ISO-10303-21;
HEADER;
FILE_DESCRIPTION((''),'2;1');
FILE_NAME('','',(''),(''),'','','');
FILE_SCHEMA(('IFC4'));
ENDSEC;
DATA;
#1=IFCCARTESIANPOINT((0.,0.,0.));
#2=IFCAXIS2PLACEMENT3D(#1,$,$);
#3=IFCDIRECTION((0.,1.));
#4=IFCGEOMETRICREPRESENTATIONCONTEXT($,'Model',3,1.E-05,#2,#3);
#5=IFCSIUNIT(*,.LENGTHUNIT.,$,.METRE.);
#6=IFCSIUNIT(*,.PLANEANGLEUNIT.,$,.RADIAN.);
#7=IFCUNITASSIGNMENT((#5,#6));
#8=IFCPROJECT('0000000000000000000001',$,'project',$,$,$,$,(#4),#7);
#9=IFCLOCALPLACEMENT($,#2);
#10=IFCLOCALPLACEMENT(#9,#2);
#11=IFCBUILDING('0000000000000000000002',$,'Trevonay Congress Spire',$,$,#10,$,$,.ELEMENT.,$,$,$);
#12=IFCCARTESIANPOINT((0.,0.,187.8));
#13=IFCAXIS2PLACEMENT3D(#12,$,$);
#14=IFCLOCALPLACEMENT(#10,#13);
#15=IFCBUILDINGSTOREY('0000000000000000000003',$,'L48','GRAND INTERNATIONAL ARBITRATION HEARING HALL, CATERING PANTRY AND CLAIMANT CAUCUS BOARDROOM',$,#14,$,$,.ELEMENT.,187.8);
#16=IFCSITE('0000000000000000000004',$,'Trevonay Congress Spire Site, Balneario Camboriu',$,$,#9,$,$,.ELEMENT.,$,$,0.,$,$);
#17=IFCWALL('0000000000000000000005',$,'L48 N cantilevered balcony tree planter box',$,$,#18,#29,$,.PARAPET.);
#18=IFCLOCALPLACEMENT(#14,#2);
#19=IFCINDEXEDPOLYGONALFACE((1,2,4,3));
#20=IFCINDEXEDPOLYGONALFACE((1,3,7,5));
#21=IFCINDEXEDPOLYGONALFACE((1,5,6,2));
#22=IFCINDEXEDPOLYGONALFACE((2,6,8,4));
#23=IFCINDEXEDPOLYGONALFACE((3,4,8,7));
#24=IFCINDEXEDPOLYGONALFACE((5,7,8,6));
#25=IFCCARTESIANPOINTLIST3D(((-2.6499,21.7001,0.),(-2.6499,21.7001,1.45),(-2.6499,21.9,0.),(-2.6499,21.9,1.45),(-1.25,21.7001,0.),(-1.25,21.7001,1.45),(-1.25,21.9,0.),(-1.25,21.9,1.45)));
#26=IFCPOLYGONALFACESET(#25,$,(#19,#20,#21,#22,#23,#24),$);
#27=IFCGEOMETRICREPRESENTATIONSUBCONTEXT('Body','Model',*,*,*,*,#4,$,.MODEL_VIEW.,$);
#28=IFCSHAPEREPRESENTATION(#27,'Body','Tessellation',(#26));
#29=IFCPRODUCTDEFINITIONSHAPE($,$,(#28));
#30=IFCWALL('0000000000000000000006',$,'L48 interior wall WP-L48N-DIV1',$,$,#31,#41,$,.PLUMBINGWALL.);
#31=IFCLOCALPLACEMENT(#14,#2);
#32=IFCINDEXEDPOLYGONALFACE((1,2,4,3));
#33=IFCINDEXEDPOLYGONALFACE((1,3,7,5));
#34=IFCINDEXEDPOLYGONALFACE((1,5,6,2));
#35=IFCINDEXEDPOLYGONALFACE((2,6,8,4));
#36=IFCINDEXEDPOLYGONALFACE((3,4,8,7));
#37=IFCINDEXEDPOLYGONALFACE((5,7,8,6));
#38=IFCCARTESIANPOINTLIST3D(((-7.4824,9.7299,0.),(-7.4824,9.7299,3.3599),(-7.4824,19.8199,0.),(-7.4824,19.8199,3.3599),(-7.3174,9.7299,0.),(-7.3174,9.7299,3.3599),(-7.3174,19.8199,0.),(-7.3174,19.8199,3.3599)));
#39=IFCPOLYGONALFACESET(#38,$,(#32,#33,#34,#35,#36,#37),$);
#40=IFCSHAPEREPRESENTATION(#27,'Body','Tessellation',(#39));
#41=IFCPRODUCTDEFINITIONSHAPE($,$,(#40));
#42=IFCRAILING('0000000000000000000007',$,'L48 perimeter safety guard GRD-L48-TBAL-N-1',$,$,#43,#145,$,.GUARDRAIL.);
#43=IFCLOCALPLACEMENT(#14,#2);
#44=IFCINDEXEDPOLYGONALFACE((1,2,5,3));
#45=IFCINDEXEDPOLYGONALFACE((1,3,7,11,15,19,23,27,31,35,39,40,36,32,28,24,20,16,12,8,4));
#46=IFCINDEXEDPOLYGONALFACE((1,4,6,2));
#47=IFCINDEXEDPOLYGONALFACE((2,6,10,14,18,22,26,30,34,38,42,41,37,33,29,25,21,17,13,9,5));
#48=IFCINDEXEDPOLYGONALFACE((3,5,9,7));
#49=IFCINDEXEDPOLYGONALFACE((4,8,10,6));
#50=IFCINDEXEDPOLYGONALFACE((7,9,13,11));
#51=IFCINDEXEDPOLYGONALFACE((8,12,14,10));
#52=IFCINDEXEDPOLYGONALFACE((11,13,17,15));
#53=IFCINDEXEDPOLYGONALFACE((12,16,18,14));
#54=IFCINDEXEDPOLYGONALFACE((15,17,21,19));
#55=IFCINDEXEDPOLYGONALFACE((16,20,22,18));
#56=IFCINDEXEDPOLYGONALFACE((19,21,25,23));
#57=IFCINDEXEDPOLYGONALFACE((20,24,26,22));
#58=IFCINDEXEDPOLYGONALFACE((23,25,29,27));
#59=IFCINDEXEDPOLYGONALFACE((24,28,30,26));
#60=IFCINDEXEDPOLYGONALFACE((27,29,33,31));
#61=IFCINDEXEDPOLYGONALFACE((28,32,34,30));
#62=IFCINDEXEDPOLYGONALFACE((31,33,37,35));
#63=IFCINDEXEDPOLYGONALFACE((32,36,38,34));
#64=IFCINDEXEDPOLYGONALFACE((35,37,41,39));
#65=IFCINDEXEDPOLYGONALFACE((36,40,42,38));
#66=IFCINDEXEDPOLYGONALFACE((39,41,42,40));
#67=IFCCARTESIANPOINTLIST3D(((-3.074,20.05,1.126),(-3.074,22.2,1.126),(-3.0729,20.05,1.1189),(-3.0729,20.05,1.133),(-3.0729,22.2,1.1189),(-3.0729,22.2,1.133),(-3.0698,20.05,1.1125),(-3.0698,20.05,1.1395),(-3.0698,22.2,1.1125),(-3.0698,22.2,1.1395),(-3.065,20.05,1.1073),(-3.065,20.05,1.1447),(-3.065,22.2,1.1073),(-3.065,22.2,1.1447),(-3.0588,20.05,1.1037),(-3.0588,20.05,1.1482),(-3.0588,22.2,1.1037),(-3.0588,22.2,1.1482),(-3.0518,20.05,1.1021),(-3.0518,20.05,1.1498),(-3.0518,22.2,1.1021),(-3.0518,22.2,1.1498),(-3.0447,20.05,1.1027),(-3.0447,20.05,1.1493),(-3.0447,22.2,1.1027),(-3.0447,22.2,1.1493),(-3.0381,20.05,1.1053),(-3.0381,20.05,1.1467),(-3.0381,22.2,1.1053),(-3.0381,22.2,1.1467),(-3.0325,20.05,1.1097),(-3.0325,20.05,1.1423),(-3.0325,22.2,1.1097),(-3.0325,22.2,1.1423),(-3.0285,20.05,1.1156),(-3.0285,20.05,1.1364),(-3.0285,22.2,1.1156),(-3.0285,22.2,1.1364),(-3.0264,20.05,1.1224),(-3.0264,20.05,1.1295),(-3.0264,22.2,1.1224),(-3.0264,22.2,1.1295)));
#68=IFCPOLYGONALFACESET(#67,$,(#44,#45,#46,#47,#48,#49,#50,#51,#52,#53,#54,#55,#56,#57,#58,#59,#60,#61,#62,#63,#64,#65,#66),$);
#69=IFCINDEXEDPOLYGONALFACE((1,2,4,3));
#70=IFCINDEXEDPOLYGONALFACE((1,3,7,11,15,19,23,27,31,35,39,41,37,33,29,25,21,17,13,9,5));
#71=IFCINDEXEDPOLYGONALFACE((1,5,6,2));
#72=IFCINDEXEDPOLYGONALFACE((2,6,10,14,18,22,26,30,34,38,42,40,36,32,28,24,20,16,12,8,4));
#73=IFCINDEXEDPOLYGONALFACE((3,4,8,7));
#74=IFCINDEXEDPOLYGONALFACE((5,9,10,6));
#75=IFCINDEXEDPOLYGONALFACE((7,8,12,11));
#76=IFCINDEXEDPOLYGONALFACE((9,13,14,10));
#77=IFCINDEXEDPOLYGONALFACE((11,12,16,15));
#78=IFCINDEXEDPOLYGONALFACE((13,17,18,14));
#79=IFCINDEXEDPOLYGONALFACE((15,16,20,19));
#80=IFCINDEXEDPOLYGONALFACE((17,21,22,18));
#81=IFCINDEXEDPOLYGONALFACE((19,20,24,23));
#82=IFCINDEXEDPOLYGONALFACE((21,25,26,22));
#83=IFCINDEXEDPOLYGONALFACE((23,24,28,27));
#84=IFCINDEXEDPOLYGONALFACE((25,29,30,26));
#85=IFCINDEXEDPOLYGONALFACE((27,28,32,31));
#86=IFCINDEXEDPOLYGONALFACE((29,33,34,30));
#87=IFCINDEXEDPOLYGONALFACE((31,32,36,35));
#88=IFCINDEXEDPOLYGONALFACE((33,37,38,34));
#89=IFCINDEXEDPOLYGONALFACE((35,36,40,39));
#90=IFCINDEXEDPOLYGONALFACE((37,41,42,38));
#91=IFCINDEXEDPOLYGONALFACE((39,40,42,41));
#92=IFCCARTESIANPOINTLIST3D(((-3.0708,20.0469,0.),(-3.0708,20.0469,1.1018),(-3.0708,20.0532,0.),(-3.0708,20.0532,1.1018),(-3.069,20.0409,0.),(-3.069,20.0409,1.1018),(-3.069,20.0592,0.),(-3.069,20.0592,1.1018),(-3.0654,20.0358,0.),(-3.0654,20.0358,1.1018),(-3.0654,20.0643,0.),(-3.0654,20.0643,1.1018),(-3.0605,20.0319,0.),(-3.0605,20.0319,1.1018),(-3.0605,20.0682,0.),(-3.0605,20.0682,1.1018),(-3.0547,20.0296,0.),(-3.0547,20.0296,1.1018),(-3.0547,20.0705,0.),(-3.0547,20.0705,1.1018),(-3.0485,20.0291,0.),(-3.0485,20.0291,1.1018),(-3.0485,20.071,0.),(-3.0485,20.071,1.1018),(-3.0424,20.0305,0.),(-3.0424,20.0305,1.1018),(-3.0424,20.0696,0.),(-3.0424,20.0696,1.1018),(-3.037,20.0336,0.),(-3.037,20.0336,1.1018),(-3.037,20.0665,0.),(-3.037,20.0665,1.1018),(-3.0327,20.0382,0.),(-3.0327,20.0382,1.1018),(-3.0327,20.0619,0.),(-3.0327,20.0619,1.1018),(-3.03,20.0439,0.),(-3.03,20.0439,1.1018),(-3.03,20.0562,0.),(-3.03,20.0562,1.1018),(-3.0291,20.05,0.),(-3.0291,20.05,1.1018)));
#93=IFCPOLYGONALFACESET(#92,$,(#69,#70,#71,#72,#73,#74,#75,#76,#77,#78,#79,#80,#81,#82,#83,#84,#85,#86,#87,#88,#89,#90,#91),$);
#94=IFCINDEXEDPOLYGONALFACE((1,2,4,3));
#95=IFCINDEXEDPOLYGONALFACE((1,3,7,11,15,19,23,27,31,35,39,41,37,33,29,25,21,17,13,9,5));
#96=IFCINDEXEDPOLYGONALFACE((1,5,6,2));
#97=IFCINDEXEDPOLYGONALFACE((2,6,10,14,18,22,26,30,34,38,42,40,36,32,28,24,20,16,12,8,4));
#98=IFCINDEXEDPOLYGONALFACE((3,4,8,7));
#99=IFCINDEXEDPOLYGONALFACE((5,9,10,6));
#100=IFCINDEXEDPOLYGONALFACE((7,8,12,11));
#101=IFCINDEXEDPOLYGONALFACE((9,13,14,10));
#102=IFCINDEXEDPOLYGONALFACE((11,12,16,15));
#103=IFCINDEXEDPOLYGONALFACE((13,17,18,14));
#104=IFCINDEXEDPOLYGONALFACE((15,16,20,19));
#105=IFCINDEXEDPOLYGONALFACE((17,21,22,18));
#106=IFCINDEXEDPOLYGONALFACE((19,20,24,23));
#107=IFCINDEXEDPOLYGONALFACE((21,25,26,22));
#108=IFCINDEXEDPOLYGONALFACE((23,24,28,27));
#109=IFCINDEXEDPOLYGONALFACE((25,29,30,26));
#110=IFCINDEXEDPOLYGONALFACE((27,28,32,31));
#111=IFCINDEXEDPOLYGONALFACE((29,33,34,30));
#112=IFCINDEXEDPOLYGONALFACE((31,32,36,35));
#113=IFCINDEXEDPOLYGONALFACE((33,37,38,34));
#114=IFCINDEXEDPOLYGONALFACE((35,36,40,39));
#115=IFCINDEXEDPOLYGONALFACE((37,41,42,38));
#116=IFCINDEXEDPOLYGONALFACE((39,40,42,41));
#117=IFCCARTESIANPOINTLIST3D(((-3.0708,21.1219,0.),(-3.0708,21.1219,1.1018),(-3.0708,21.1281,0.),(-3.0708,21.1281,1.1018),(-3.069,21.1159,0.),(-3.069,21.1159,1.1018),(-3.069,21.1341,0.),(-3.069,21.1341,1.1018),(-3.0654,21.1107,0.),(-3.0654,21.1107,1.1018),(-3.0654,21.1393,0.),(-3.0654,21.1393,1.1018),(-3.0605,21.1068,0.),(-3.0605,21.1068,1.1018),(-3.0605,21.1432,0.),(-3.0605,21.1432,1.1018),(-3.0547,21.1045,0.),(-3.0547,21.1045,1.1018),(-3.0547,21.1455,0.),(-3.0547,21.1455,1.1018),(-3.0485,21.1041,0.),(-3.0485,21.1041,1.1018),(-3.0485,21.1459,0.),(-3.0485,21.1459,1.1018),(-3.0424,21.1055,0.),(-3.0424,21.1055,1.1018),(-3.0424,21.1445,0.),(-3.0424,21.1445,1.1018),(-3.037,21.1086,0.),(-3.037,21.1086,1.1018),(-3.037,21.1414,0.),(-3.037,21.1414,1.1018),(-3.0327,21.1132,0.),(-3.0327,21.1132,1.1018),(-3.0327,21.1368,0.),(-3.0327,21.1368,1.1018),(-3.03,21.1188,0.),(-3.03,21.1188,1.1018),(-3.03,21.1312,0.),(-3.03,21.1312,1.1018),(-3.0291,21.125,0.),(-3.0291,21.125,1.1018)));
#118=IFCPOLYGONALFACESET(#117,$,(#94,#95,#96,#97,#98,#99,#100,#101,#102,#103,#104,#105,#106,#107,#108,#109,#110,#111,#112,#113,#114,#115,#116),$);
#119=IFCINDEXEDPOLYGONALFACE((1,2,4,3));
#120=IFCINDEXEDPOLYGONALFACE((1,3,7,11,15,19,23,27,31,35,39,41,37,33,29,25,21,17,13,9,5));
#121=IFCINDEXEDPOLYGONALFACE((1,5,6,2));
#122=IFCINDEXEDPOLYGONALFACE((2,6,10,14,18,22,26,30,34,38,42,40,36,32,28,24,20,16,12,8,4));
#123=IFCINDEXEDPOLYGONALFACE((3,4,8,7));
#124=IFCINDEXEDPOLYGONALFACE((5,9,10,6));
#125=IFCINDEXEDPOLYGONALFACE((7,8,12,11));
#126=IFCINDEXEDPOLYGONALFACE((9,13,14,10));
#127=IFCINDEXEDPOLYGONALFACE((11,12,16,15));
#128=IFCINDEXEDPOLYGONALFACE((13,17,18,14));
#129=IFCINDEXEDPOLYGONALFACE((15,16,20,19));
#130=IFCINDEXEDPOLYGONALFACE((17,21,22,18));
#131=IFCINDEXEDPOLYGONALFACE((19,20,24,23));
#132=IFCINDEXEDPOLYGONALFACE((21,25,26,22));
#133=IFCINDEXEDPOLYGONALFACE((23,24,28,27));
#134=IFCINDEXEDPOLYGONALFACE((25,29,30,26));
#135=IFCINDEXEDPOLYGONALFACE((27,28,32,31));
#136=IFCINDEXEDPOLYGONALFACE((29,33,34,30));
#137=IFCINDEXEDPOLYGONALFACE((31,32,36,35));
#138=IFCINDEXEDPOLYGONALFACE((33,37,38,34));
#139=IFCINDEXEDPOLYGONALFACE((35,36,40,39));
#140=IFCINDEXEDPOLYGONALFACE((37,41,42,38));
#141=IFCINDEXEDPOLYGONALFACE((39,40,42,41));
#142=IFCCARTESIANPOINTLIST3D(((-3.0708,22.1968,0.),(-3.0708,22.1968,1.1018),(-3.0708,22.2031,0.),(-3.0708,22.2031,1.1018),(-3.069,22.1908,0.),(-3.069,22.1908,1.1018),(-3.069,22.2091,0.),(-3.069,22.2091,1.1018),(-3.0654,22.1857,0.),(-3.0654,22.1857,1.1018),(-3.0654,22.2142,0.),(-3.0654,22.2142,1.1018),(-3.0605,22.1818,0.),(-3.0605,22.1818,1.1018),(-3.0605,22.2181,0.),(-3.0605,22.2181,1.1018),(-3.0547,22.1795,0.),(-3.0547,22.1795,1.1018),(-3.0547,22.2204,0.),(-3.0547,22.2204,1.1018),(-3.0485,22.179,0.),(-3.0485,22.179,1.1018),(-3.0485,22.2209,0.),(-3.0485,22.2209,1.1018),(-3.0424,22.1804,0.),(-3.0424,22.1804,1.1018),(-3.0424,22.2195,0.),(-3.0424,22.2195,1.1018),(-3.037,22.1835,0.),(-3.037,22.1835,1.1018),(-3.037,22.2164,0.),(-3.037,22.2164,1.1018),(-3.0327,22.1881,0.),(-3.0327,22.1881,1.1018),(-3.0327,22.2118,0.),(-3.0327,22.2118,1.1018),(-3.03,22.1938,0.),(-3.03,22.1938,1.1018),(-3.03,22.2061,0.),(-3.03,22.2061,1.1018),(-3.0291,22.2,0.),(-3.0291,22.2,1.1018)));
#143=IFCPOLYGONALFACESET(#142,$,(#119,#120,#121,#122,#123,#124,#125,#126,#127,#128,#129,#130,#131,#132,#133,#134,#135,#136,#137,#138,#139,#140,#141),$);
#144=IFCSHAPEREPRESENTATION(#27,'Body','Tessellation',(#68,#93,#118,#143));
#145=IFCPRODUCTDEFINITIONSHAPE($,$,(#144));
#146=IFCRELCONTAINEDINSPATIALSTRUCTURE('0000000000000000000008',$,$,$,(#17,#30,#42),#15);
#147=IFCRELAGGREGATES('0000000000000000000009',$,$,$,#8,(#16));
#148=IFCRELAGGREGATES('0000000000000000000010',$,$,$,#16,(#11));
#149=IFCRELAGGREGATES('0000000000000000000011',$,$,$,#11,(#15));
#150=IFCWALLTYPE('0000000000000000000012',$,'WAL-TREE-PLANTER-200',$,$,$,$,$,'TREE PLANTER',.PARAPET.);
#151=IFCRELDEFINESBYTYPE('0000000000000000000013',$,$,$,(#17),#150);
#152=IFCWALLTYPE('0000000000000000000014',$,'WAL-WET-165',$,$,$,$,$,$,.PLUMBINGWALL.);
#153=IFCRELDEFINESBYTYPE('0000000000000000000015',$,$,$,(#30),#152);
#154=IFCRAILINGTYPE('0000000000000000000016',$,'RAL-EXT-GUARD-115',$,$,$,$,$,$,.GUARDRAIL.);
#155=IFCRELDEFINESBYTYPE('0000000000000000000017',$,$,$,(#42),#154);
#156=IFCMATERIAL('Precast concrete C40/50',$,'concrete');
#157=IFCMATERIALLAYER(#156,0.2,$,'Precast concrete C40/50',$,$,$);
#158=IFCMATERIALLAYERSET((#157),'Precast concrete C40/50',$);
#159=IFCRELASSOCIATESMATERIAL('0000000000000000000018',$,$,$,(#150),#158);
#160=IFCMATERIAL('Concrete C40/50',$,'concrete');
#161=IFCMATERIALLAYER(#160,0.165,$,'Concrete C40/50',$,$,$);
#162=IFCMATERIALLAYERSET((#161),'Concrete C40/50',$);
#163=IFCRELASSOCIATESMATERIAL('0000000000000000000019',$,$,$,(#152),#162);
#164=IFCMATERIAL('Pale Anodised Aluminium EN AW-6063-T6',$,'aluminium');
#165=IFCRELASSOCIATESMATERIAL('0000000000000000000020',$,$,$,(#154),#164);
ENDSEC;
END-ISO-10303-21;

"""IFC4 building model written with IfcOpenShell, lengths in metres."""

from ifc_helpers import new_model, si_unit, direction, frame, frame_2d, origin, origin_2d, place, context, subcontext, project, spatial, rectangle, circle, extrude, material, layer, layer_set, type_object, element, save


model = new_model("IFC4")

# Units and contexts
model_context = context("Model", 3, precision=1e-05, world=origin(), true_north=direction((0.0, 1.0)))
body_context = subcontext(model_context, "Body", "Model", "MODEL_VIEW")
ifc_project = project(units=[si_unit("LENGTHUNIT", "METRE"), si_unit("PLANEANGLEUNIT", "RADIAN")], contexts=[model_context])

# Site, building, storey
site_placement = place(None, origin())
site = spatial("IfcSite", under=ifc_project, at=site_placement, Name="Trevonay Congress Spire Site, Balneario Camboriu", CompositionType="ELEMENT", RefElevation=0.0)
building_placement = place(site_placement, origin())
building = spatial("IfcBuilding", under=site, at=building_placement, Name="Trevonay Congress Spire", CompositionType="ELEMENT")
storey_placement = place(building_placement, frame((0.0, 0.0, 187.8)))
storey = spatial("IfcBuildingStorey", under=building, at=storey_placement, Name="L48", Description="GRAND INTERNATIONAL ARBITRATION HEARING HALL, CATERING PANTRY AND CLAIMANT CAUCUS BOARDROOM", CompositionType="ELEMENT", Elevation=187.8)

# Shared definitions
ifc_material_1 = material(Name="Pale Anodised Aluminium EN AW-6063-T6", Category="aluminium")

# Shared definitions
ifc_material_2 = material(Name="Concrete C40/50", Category="concrete")

# Shared definitions
ifc_material_3 = material(Name="Precast concrete C40/50", Category="concrete")

# Walls
ifc_layer_1 = layer(ifc_material_3, 0.2, Name="Precast concrete C40/50")
ifc_layer_set_1 = layer_set([ifc_layer_1], Name="Precast concrete C40/50")
wall_type_1 = type_object("IfcWallType", Name="WAL-TREE-PLANTER-200", ElementType="TREE PLANTER", PredefinedType="PARAPET", material=ifc_layer_set_1)
wall_1_placement = place(storey_placement, frame((-2.6499, 21.8, 0.0), z_axis=(0.0, 0.0, 1.0), x_axis=(1.0, 0.0, 0.0)))
element("IfcWall", 1, at=wall_1_placement, inside=storey, type_object=wall_type_1, Name="L48 N cantilevered balcony tree planter box", PredefinedType="PARAPET", context=body_context, shape_type="SweptSolid", body=[
    extrude(rectangle(XDim=1.3999, YDim=0.2, at=frame_2d((0.7, 0.0))), origin(), (0.0, 0.0, 1.0), 1.45),
])
ifc_layer_2 = layer(ifc_material_2, 0.165, Name="Concrete C40/50")
ifc_layer_set_2 = layer_set([ifc_layer_2], Name="Concrete C40/50")
wall_type_2 = type_object("IfcWallType", Name="WAL-WET-165", PredefinedType="PLUMBINGWALL", material=ifc_layer_set_2)
wall_2_placement = place(storey_placement, frame((-7.3999, 9.73, 0.0), z_axis=(0.0, 0.0, 1.0), x_axis=(0.0, 1.0, 0.0)))
element("IfcWall", 2, at=wall_2_placement, inside=storey, type_object=wall_type_2, Name="L48 interior wall WP-L48N-DIV1", PredefinedType="PLUMBINGWALL", context=body_context, shape_type="SweptSolid", body=[
    extrude(rectangle(XDim=10.0901, YDim=0.165, at=frame_2d((5.0449, 0.0))), origin(), (0.0, 0.0, 1.0), 3.3599),
])

# Railing
railing_type = type_object("IfcRailingType", Name="RAL-EXT-GUARD-115", PredefinedType="GUARDRAIL", material=ifc_material_1)
railing_1_placement = place(storey_placement, frame((-3.05, 20.05, 0.0)))
element("IfcRailing", 3, at=railing_1_placement, inside=storey, type_object=railing_type, Name="L48 perimeter safety guard GRD-L48-TBAL-N-1", PredefinedType="GUARDRAIL", context=body_context, shape_type="SweptSolid", body=[
    extrude(circle(Radius=0.0239, at=origin_2d()), frame((0.0, 0.0, 1.126), z_axis=(0.0, 1.0, 0.0), x_axis=(-1.0, 0.0, 0.0)), (0.0, 0.0, 1.0), 2.1499),
    extrude(circle(Radius=0.021, at=origin_2d()), origin(), (0.0, 0.0, 1.0), 1.1018),
    extrude(circle(Radius=0.021, at=origin_2d()), frame((0.0, 1.075, 0.0)), (0.0, 0.0, 1.0), 1.1018),
    extrude(circle(Radius=0.021, at=origin_2d()), frame((0.0, 2.1499, 0.0)), (0.0, 0.0, 1.0), 1.1018),
])

save(model, "model.ifc")
